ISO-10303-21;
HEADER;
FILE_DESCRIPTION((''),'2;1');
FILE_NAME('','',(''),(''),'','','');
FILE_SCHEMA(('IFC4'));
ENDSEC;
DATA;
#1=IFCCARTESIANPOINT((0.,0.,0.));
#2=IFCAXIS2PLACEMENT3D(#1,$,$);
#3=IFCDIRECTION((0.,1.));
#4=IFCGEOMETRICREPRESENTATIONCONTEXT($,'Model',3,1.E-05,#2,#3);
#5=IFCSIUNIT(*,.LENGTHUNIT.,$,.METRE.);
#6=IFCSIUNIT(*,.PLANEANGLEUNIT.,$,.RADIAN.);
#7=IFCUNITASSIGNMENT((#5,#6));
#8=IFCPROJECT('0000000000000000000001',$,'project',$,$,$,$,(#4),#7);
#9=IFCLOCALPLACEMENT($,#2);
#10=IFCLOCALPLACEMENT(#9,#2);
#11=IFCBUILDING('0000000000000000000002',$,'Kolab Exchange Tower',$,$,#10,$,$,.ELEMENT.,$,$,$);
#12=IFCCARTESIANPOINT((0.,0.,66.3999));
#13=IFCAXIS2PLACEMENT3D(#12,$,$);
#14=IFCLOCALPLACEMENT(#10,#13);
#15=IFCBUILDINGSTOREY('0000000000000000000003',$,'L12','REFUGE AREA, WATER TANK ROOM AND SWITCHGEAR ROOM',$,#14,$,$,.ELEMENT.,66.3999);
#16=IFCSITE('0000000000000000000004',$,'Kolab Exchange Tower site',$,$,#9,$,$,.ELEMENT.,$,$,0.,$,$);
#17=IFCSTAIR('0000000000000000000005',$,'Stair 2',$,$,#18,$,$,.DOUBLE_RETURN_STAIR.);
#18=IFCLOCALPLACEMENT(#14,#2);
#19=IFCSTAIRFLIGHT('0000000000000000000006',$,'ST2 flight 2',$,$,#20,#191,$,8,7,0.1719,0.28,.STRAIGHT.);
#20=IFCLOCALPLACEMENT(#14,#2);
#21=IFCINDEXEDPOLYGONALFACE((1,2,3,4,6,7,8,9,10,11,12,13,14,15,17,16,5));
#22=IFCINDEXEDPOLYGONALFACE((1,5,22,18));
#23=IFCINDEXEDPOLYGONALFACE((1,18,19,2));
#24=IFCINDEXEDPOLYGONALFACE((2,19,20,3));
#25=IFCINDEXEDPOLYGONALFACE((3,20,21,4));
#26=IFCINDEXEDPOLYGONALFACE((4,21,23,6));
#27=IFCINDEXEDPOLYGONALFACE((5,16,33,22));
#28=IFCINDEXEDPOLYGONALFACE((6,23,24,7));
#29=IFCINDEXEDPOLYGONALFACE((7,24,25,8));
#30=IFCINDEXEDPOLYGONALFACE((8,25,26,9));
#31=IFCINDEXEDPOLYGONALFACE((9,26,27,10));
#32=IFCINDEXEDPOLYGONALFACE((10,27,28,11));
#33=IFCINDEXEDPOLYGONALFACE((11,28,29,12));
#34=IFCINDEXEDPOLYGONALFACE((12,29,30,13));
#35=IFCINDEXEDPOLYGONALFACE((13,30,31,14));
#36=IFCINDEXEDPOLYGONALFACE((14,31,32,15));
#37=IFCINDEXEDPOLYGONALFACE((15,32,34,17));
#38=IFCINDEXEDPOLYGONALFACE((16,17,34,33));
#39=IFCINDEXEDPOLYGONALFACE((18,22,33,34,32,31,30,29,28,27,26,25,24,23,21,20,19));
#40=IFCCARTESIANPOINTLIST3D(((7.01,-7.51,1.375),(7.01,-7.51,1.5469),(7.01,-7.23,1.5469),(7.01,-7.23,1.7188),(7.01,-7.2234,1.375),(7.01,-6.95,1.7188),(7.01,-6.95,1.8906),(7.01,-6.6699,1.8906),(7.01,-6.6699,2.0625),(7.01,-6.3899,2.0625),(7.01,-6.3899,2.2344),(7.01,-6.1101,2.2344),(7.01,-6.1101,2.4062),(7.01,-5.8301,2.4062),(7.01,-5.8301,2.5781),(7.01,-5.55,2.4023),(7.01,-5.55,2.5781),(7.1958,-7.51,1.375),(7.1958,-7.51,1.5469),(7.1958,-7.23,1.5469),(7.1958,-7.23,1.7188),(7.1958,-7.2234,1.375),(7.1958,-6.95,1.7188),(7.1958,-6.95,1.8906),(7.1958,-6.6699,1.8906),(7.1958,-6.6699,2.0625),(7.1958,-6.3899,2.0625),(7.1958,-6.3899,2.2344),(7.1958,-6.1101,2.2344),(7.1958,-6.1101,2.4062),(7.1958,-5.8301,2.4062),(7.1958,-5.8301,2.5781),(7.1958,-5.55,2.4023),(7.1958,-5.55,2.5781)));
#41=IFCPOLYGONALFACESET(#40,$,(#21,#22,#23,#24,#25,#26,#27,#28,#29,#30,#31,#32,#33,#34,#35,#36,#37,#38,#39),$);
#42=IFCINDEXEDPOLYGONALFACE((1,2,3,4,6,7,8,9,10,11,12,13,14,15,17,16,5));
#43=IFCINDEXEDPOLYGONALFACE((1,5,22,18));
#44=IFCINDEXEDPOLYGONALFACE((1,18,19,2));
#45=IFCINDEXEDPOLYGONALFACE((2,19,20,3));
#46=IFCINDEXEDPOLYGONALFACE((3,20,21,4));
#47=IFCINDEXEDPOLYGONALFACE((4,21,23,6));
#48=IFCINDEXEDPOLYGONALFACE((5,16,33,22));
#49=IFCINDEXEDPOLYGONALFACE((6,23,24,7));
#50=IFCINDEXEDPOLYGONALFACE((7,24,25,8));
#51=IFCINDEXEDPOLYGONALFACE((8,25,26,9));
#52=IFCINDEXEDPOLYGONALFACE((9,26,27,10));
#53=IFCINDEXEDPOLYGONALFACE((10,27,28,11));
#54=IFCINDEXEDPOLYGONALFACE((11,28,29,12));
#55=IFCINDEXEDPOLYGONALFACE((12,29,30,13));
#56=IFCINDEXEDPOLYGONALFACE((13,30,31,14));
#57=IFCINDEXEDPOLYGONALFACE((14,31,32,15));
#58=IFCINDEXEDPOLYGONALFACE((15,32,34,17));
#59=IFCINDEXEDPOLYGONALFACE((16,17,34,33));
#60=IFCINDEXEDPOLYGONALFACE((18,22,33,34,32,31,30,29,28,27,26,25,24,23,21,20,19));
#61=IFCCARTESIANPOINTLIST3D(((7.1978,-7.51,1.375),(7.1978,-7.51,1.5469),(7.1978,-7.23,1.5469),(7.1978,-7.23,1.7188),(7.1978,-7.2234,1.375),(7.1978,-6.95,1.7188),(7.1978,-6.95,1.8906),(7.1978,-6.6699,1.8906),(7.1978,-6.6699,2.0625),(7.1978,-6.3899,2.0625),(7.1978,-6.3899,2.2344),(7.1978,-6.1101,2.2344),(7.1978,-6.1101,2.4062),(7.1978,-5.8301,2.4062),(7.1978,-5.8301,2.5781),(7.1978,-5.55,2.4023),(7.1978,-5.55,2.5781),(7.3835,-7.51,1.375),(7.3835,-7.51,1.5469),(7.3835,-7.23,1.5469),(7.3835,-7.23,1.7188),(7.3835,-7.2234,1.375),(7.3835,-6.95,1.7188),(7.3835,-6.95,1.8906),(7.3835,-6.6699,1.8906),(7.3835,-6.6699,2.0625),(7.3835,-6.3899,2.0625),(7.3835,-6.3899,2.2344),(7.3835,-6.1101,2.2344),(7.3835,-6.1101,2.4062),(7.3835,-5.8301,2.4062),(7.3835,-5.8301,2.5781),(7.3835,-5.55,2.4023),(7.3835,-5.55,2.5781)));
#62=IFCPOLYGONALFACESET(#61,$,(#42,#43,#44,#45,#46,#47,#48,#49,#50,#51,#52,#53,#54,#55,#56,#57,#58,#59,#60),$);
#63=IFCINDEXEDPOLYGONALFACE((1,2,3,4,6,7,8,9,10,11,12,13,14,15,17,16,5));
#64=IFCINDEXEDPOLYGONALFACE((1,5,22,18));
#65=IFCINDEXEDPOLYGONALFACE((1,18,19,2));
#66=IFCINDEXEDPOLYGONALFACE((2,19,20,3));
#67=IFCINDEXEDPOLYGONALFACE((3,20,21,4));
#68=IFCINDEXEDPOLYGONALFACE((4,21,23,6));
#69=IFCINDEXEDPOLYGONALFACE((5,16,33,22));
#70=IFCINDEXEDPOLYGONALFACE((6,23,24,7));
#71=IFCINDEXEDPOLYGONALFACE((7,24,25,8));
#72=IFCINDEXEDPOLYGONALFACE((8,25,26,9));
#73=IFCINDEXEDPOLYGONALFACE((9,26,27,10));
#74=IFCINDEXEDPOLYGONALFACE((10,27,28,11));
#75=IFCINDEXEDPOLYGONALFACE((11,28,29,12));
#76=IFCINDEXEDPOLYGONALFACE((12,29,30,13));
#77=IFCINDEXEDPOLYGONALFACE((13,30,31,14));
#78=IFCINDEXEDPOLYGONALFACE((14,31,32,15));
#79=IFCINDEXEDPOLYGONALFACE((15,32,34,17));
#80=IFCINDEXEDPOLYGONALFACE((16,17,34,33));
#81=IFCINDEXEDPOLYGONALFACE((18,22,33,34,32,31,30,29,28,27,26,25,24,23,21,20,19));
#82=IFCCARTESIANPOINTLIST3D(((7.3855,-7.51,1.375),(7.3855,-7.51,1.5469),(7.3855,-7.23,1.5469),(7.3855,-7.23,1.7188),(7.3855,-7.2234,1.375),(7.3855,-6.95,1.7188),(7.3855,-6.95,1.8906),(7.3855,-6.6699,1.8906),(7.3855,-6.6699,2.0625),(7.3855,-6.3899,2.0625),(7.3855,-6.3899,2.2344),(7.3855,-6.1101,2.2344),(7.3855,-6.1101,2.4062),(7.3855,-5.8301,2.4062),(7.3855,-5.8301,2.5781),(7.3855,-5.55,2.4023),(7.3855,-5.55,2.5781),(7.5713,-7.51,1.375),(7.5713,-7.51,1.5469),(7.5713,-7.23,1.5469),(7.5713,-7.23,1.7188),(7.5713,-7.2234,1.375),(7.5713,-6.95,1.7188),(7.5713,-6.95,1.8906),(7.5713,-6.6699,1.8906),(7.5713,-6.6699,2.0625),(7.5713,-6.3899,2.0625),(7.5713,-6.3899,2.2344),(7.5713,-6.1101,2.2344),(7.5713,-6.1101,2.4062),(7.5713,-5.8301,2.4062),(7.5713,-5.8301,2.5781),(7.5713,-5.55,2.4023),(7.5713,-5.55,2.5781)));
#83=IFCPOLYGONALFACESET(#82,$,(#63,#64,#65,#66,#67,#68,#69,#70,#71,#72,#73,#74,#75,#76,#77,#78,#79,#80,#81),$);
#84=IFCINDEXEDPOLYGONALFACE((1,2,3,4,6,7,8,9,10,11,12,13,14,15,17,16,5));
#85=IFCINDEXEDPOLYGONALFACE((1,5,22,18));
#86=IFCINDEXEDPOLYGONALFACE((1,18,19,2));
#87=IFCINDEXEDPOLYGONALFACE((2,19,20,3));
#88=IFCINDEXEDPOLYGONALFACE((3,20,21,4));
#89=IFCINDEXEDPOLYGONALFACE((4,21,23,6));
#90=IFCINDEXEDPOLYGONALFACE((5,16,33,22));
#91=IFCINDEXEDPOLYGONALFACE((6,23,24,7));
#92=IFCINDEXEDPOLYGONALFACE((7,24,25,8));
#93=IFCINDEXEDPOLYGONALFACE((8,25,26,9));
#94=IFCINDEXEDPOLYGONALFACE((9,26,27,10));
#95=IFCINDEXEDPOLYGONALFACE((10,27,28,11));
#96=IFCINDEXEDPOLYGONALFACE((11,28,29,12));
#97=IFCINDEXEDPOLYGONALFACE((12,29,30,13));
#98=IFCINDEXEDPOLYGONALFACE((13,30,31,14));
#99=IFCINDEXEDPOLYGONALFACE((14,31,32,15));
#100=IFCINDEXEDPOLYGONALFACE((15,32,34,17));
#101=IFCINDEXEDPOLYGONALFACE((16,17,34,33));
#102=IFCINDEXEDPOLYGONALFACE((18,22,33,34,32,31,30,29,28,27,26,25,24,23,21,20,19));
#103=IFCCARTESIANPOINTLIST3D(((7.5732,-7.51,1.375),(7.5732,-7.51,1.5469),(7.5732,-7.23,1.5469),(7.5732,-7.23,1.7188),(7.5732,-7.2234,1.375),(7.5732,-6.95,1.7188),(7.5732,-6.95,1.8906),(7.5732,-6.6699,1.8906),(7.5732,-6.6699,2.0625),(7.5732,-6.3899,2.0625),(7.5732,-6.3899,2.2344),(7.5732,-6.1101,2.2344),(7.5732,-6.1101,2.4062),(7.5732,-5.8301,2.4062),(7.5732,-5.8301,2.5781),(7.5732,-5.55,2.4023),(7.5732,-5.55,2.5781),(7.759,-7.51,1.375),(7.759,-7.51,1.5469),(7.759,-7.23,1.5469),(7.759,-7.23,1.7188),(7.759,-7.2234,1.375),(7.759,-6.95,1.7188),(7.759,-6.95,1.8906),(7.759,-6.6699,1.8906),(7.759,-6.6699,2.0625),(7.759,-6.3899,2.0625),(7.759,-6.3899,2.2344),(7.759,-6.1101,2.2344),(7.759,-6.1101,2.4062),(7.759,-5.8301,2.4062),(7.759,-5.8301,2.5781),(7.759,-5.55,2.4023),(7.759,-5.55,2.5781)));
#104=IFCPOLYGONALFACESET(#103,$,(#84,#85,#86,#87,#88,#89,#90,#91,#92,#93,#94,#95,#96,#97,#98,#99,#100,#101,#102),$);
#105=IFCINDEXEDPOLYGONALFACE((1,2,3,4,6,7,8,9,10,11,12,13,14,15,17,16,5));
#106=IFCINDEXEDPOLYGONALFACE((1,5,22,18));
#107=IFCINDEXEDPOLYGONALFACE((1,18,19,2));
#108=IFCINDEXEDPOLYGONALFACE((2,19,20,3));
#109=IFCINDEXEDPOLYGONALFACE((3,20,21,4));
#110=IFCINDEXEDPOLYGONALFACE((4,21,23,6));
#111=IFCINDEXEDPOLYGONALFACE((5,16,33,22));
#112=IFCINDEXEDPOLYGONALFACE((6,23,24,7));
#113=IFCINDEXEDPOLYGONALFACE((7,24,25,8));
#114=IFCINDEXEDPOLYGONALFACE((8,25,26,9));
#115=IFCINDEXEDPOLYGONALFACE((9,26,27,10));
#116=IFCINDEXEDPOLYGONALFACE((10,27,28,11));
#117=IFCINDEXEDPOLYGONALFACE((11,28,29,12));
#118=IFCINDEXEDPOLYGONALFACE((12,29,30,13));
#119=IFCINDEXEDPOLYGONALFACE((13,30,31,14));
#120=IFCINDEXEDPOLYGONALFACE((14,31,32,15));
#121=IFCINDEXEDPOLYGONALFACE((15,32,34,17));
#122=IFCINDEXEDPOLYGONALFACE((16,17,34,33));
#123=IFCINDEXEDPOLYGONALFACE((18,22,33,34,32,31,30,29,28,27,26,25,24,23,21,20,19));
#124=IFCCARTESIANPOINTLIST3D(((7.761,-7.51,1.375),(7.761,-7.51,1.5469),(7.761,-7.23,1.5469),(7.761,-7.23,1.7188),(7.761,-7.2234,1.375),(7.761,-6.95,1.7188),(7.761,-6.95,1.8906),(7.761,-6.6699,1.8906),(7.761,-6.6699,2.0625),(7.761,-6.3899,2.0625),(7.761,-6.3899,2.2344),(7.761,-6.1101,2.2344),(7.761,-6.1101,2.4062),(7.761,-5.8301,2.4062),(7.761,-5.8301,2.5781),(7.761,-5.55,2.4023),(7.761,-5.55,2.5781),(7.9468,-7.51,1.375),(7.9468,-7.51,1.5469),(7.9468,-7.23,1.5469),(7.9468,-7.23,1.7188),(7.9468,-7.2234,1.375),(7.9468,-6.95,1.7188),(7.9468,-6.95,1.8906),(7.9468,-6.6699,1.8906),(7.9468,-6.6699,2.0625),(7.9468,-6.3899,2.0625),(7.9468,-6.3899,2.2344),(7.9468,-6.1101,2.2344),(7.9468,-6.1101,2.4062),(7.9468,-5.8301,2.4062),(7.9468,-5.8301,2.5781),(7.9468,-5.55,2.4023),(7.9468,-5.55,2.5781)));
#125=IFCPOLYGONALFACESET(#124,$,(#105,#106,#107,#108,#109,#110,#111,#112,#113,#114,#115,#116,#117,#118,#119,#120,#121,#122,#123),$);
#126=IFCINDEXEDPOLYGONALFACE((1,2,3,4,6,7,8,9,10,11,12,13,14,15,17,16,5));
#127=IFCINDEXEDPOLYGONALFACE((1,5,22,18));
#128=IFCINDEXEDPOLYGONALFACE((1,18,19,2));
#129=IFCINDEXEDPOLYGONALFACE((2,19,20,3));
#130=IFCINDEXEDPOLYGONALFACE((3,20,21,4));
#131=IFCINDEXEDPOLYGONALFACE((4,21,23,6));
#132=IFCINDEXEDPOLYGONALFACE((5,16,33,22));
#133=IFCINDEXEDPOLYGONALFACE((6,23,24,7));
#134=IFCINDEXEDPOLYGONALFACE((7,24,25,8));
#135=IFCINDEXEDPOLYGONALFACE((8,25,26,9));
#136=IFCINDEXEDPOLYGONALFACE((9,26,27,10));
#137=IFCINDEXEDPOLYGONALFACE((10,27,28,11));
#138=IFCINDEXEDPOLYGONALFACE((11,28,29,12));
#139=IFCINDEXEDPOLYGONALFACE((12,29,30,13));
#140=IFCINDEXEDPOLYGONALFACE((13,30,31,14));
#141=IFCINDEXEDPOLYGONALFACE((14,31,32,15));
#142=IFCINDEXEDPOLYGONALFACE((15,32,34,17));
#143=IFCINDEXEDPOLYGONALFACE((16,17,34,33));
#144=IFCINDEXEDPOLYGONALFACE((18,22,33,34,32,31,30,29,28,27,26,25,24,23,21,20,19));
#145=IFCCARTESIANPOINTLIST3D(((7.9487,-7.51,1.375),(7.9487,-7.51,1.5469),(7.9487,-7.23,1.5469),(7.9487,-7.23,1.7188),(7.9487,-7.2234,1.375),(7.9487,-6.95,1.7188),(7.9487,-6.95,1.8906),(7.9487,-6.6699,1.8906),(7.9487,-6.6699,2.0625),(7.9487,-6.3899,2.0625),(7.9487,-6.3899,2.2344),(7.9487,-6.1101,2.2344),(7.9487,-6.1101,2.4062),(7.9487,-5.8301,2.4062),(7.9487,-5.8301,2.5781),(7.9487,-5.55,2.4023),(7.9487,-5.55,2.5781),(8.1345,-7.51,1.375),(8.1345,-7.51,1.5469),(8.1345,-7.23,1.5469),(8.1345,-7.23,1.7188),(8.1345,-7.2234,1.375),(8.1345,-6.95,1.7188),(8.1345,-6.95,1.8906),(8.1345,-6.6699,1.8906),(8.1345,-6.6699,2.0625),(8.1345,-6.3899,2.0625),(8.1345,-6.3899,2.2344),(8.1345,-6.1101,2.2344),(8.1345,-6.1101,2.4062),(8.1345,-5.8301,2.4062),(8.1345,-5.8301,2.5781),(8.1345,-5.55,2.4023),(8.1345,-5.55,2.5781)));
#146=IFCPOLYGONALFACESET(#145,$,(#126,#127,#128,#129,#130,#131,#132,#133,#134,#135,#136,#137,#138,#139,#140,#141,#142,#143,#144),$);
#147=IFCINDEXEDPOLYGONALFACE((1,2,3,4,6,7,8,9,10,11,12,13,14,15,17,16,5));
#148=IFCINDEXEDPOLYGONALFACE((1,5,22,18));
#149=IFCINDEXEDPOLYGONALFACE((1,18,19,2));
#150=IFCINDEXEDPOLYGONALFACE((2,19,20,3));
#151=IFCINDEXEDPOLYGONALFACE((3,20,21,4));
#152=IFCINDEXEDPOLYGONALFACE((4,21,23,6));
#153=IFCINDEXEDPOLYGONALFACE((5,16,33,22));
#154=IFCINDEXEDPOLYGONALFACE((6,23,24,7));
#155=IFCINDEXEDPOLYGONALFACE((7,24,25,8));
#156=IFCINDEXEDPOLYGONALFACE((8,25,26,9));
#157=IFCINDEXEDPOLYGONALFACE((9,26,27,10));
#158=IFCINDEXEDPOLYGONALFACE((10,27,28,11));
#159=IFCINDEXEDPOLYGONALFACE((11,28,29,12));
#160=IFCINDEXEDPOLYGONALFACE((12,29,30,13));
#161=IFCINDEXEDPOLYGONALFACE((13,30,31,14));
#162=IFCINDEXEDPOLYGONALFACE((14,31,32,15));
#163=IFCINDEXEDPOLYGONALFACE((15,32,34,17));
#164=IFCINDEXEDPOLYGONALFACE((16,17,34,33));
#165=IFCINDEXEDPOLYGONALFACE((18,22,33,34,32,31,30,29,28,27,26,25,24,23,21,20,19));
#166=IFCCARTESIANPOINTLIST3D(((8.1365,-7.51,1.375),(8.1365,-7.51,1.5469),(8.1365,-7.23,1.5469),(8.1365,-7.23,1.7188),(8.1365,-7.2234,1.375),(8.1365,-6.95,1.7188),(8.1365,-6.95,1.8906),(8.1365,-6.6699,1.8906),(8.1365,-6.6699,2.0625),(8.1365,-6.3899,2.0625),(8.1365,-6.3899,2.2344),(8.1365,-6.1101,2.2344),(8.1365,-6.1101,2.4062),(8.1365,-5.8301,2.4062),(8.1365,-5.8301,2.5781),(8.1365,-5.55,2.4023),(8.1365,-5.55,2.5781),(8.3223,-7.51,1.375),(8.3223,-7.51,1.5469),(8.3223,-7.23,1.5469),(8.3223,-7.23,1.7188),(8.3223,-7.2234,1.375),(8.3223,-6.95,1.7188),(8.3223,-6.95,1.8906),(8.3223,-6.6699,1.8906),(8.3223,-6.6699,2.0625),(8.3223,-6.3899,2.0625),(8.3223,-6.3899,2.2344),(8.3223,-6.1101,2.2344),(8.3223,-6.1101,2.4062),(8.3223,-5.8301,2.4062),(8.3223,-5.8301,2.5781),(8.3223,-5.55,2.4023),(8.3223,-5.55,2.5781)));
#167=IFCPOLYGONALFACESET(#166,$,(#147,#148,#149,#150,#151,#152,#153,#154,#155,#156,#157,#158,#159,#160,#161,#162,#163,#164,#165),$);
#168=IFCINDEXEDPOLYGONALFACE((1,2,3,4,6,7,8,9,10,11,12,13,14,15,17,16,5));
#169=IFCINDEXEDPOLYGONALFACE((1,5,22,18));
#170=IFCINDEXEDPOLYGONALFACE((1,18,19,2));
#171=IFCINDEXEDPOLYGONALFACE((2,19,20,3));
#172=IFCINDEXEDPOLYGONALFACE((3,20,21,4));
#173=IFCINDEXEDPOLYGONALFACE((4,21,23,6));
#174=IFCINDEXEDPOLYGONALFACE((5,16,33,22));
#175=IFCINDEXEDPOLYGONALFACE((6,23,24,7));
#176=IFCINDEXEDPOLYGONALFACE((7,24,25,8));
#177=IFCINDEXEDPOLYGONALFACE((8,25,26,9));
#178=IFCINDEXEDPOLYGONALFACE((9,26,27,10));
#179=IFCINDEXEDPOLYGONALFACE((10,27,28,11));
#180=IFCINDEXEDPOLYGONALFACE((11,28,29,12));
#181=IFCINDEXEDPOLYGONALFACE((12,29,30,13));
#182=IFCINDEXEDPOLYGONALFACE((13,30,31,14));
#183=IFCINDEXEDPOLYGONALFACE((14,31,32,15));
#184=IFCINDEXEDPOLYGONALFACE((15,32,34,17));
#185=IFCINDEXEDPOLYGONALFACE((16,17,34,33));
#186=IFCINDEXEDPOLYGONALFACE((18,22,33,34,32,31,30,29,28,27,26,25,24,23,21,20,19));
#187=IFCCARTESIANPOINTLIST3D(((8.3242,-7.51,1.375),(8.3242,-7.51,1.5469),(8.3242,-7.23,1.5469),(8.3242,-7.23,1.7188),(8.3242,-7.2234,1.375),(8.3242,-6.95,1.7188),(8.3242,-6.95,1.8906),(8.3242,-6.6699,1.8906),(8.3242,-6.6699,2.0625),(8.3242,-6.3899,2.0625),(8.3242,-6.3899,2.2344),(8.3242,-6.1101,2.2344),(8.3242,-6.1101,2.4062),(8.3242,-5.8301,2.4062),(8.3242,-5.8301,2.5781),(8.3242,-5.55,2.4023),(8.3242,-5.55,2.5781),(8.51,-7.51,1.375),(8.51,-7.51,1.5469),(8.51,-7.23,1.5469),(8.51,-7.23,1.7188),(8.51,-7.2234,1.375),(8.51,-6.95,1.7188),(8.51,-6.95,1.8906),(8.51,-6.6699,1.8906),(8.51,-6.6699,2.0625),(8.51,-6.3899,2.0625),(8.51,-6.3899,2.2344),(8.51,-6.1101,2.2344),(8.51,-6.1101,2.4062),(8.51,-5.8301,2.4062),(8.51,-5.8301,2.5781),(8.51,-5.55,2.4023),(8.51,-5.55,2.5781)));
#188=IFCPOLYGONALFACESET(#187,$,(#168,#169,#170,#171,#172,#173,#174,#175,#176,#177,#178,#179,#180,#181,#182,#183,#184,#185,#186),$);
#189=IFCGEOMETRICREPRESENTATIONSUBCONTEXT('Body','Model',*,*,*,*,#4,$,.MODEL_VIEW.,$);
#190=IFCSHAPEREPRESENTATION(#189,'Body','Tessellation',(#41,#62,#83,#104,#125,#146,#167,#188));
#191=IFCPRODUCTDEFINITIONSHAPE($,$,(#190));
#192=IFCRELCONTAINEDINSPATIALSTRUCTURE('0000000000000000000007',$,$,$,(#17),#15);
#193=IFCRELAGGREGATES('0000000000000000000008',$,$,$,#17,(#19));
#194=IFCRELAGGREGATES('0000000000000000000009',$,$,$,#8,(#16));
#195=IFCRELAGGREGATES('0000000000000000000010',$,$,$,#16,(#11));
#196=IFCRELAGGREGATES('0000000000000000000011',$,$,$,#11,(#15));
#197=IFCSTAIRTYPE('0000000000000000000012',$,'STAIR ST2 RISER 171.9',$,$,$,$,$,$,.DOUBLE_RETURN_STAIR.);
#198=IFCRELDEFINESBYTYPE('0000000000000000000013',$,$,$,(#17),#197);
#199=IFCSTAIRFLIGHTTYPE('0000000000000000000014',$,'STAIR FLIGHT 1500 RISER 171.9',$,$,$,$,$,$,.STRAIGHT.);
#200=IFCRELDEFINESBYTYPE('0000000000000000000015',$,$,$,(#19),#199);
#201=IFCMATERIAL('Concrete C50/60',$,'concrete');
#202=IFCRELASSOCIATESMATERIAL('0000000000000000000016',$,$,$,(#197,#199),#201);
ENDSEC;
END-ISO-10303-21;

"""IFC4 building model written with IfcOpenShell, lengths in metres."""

from ifc_helpers import new_model, si_unit, direction, frame, origin, place, context, subcontext, project, spatial, polyline, outline, extrude, material, type_object, element, aggregate, save


model = new_model("IFC4")

# Units and contexts
model_context = context("Model", 3, precision=1e-05, world=origin(), true_north=direction((0.0, 1.0)))
body_context = subcontext(model_context, "Body", "Model", "MODEL_VIEW")
ifc_project = project(units=[si_unit("LENGTHUNIT", "METRE"), si_unit("PLANEANGLEUNIT", "RADIAN")], contexts=[model_context])

# Site, building, storey
site_placement = place(None, origin())
site = spatial("IfcSite", under=ifc_project, at=site_placement, Name="Kolab Exchange Tower site", CompositionType="ELEMENT", RefElevation=0.0)
building_placement = place(site_placement, origin())
building = spatial("IfcBuilding", under=site, at=building_placement, Name="Kolab Exchange Tower", CompositionType="ELEMENT")
storey_placement = place(building_placement, frame((0.0, 0.0, 66.3999)))
storey = spatial("IfcBuildingStorey", under=building, at=storey_placement, Name="L12", Description="REFUGE AREA, WATER TANK ROOM AND SWITCHGEAR ROOM", CompositionType="ELEMENT", Elevation=66.3999)

# Shared definitions
ifc_material_1 = material(Name="Concrete C50/60", Category="concrete")

# Stair, stair flight
stair_type = type_object("IfcStairType", Name="STAIR ST2 RISER 171.9", PredefinedType="DOUBLE_RETURN_STAIR", material=ifc_material_1)
stair_placement = place(storey_placement, origin())
stair = element("IfcStair", 1, at=stair_placement, inside=storey, type_object=stair_type, Name="Stair 2", PredefinedType="DOUBLE_RETURN_STAIR")
stair_flight_type = type_object("IfcStairFlightType", Name="STAIR FLIGHT 1500 RISER 171.9", PredefinedType="STRAIGHT", material=ifc_material_1)
stair_flight_1_placement = place(storey_placement, frame((7.76, -7.51, 1.375), z_axis=(0.0, 0.0, 1.0), x_axis=(0.0, 1.0, 0.0)))
stair_flight_1 = element("IfcStairFlight", 2, at=stair_flight_1_placement, type_object=stair_flight_type, Name="ST2 flight 2", NumberOfRisers=8, NumberOfTreads=7, PredefinedType="STRAIGHT", RiserHeight=0.1719, TreadLength=0.28, context=body_context, shape_type="SweptSolid", body=[
    extrude(outline(polyline([(0.0, 0.0), (0.0, 0.1719), (0.28, 0.1719), (0.28, 0.3438), (0.5601, 0.3438), (0.5601, 0.5156), (0.8401, 0.5156), (0.8401, 0.6875), (1.1201, 0.6875), (1.1201, 0.8594), (1.3999, 0.8594), (1.3999, 1.0312), (1.6799, 1.0312), (1.6799, 1.2031), (1.96, 1.2031), (1.96, 1.375), (1.96, 1.0273), (0.2866, 0.0), (0.0, 0.0)])), frame((0.0, 0.75, 0.0), z_axis=(0.0, -1.0, 0.0), x_axis=(1.0, 0.0, 0.0)), (0.0, 0.0, 1.0), 0.1858),
    extrude(outline(polyline([(0.0, 0.0), (0.0, 0.1719), (0.28, 0.1719), (0.28, 0.3438), (0.5601, 0.3438), (0.5601, 0.5156), (0.8401, 0.5156), (0.8401, 0.6875), (1.1201, 0.6875), (1.1201, 0.8594), (1.3999, 0.8594), (1.3999, 1.0312), (1.6799, 1.0312), (1.6799, 1.2031), (1.96, 1.2031), (1.96, 1.375), (1.96, 1.0273), (0.2866, 0.0), (0.0, 0.0)])), frame((0.0, 0.5623, 0.0), z_axis=(0.0, -1.0, 0.0), x_axis=(1.0, 0.0, 0.0)), (0.0, 0.0, 1.0), 0.1858),
    extrude(outline(polyline([(0.0, 0.0), (0.0, 0.1719), (0.28, 0.1719), (0.28, 0.3438), (0.5601, 0.3438), (0.5601, 0.5156), (0.8401, 0.5156), (0.8401, 0.6875), (1.1201, 0.6875), (1.1201, 0.8594), (1.3999, 0.8594), (1.3999, 1.0312), (1.6799, 1.0312), (1.6799, 1.2031), (1.96, 1.2031), (1.96, 1.375), (1.96, 1.0273), (0.2866, 0.0), (0.0, 0.0)])), frame((0.0, 0.3745, 0.0), z_axis=(0.0, -1.0, 0.0), x_axis=(1.0, 0.0, 0.0)), (0.0, 0.0, 1.0), 0.1858),
    extrude(outline(polyline([(0.0, 0.0), (0.0, 0.1719), (0.28, 0.1719), (0.28, 0.3438), (0.5601, 0.3438), (0.5601, 0.5156), (0.8401, 0.5156), (0.8401, 0.6875), (1.1201, 0.6875), (1.1201, 0.8594), (1.3999, 0.8594), (1.3999, 1.0312), (1.6799, 1.0312), (1.6799, 1.2031), (1.96, 1.2031), (1.96, 1.375), (1.96, 1.0273), (0.2866, 0.0), (0.0, 0.0)])), frame((0.0, 0.1868, 0.0), z_axis=(0.0, -1.0, 0.0), x_axis=(1.0, 0.0, 0.0)), (0.0, 0.0, 1.0), 0.1858),
    extrude(outline(polyline([(0.0, 0.0), (0.0, 0.1719), (0.28, 0.1719), (0.28, 0.3438), (0.5601, 0.3438), (0.5601, 0.5156), (0.8401, 0.5156), (0.8401, 0.6875), (1.1201, 0.6875), (1.1201, 0.8594), (1.3999, 0.8594), (1.3999, 1.0312), (1.6799, 1.0312), (1.6799, 1.2031), (1.96, 1.2031), (1.96, 1.375), (1.96, 1.0273), (0.2866, 0.0), (0.0, 0.0)])), frame((0.0, -0.001, 0.0), z_axis=(0.0, -1.0, 0.0), x_axis=(1.0, 0.0, 0.0)), (0.0, 0.0, 1.0), 0.1858),
    extrude(outline(polyline([(0.0, 0.0), (0.0, 0.1719), (0.28, 0.1719), (0.28, 0.3438), (0.5601, 0.3438), (0.5601, 0.5156), (0.8401, 0.5156), (0.8401, 0.6875), (1.1201, 0.6875), (1.1201, 0.8594), (1.3999, 0.8594), (1.3999, 1.0312), (1.6799, 1.0312), (1.6799, 1.2031), (1.96, 1.2031), (1.96, 1.375), (1.96, 1.0273), (0.2866, 0.0), (0.0, 0.0)])), frame((0.0, -0.1887, 0.0), z_axis=(0.0, -1.0, 0.0), x_axis=(1.0, 0.0, 0.0)), (0.0, 0.0, 1.0), 0.1858),
    extrude(outline(polyline([(0.0, 0.0), (0.0, 0.1719), (0.28, 0.1719), (0.28, 0.3438), (0.5601, 0.3438), (0.5601, 0.5156), (0.8401, 0.5156), (0.8401, 0.6875), (1.1201, 0.6875), (1.1201, 0.8594), (1.3999, 0.8594), (1.3999, 1.0312), (1.6799, 1.0312), (1.6799, 1.2031), (1.96, 1.2031), (1.96, 1.375), (1.96, 1.0273), (0.2866, 0.0), (0.0, 0.0)])), frame((0.0, -0.3765, 0.0), z_axis=(0.0, -1.0, 0.0), x_axis=(1.0, 0.0, 0.0)), (0.0, 0.0, 1.0), 0.1858),
    extrude(outline(polyline([(0.0, 0.0), (0.0, 0.1719), (0.28, 0.1719), (0.28, 0.3438), (0.5601, 0.3438), (0.5601, 0.5156), (0.8401, 0.5156), (0.8401, 0.6875), (1.1201, 0.6875), (1.1201, 0.8594), (1.3999, 0.8594), (1.3999, 1.0312), (1.6799, 1.0312), (1.6799, 1.2031), (1.96, 1.2031), (1.96, 1.375), (1.96, 1.0273), (0.2866, 0.0), (0.0, 0.0)])), frame((0.0, -0.5642, 0.0), z_axis=(0.0, -1.0, 0.0), x_axis=(1.0, 0.0, 0.0)), (0.0, 0.0, 1.0), 0.1858),
])
aggregate(stair, [stair_flight_1])

save(model, "model.ifc")
